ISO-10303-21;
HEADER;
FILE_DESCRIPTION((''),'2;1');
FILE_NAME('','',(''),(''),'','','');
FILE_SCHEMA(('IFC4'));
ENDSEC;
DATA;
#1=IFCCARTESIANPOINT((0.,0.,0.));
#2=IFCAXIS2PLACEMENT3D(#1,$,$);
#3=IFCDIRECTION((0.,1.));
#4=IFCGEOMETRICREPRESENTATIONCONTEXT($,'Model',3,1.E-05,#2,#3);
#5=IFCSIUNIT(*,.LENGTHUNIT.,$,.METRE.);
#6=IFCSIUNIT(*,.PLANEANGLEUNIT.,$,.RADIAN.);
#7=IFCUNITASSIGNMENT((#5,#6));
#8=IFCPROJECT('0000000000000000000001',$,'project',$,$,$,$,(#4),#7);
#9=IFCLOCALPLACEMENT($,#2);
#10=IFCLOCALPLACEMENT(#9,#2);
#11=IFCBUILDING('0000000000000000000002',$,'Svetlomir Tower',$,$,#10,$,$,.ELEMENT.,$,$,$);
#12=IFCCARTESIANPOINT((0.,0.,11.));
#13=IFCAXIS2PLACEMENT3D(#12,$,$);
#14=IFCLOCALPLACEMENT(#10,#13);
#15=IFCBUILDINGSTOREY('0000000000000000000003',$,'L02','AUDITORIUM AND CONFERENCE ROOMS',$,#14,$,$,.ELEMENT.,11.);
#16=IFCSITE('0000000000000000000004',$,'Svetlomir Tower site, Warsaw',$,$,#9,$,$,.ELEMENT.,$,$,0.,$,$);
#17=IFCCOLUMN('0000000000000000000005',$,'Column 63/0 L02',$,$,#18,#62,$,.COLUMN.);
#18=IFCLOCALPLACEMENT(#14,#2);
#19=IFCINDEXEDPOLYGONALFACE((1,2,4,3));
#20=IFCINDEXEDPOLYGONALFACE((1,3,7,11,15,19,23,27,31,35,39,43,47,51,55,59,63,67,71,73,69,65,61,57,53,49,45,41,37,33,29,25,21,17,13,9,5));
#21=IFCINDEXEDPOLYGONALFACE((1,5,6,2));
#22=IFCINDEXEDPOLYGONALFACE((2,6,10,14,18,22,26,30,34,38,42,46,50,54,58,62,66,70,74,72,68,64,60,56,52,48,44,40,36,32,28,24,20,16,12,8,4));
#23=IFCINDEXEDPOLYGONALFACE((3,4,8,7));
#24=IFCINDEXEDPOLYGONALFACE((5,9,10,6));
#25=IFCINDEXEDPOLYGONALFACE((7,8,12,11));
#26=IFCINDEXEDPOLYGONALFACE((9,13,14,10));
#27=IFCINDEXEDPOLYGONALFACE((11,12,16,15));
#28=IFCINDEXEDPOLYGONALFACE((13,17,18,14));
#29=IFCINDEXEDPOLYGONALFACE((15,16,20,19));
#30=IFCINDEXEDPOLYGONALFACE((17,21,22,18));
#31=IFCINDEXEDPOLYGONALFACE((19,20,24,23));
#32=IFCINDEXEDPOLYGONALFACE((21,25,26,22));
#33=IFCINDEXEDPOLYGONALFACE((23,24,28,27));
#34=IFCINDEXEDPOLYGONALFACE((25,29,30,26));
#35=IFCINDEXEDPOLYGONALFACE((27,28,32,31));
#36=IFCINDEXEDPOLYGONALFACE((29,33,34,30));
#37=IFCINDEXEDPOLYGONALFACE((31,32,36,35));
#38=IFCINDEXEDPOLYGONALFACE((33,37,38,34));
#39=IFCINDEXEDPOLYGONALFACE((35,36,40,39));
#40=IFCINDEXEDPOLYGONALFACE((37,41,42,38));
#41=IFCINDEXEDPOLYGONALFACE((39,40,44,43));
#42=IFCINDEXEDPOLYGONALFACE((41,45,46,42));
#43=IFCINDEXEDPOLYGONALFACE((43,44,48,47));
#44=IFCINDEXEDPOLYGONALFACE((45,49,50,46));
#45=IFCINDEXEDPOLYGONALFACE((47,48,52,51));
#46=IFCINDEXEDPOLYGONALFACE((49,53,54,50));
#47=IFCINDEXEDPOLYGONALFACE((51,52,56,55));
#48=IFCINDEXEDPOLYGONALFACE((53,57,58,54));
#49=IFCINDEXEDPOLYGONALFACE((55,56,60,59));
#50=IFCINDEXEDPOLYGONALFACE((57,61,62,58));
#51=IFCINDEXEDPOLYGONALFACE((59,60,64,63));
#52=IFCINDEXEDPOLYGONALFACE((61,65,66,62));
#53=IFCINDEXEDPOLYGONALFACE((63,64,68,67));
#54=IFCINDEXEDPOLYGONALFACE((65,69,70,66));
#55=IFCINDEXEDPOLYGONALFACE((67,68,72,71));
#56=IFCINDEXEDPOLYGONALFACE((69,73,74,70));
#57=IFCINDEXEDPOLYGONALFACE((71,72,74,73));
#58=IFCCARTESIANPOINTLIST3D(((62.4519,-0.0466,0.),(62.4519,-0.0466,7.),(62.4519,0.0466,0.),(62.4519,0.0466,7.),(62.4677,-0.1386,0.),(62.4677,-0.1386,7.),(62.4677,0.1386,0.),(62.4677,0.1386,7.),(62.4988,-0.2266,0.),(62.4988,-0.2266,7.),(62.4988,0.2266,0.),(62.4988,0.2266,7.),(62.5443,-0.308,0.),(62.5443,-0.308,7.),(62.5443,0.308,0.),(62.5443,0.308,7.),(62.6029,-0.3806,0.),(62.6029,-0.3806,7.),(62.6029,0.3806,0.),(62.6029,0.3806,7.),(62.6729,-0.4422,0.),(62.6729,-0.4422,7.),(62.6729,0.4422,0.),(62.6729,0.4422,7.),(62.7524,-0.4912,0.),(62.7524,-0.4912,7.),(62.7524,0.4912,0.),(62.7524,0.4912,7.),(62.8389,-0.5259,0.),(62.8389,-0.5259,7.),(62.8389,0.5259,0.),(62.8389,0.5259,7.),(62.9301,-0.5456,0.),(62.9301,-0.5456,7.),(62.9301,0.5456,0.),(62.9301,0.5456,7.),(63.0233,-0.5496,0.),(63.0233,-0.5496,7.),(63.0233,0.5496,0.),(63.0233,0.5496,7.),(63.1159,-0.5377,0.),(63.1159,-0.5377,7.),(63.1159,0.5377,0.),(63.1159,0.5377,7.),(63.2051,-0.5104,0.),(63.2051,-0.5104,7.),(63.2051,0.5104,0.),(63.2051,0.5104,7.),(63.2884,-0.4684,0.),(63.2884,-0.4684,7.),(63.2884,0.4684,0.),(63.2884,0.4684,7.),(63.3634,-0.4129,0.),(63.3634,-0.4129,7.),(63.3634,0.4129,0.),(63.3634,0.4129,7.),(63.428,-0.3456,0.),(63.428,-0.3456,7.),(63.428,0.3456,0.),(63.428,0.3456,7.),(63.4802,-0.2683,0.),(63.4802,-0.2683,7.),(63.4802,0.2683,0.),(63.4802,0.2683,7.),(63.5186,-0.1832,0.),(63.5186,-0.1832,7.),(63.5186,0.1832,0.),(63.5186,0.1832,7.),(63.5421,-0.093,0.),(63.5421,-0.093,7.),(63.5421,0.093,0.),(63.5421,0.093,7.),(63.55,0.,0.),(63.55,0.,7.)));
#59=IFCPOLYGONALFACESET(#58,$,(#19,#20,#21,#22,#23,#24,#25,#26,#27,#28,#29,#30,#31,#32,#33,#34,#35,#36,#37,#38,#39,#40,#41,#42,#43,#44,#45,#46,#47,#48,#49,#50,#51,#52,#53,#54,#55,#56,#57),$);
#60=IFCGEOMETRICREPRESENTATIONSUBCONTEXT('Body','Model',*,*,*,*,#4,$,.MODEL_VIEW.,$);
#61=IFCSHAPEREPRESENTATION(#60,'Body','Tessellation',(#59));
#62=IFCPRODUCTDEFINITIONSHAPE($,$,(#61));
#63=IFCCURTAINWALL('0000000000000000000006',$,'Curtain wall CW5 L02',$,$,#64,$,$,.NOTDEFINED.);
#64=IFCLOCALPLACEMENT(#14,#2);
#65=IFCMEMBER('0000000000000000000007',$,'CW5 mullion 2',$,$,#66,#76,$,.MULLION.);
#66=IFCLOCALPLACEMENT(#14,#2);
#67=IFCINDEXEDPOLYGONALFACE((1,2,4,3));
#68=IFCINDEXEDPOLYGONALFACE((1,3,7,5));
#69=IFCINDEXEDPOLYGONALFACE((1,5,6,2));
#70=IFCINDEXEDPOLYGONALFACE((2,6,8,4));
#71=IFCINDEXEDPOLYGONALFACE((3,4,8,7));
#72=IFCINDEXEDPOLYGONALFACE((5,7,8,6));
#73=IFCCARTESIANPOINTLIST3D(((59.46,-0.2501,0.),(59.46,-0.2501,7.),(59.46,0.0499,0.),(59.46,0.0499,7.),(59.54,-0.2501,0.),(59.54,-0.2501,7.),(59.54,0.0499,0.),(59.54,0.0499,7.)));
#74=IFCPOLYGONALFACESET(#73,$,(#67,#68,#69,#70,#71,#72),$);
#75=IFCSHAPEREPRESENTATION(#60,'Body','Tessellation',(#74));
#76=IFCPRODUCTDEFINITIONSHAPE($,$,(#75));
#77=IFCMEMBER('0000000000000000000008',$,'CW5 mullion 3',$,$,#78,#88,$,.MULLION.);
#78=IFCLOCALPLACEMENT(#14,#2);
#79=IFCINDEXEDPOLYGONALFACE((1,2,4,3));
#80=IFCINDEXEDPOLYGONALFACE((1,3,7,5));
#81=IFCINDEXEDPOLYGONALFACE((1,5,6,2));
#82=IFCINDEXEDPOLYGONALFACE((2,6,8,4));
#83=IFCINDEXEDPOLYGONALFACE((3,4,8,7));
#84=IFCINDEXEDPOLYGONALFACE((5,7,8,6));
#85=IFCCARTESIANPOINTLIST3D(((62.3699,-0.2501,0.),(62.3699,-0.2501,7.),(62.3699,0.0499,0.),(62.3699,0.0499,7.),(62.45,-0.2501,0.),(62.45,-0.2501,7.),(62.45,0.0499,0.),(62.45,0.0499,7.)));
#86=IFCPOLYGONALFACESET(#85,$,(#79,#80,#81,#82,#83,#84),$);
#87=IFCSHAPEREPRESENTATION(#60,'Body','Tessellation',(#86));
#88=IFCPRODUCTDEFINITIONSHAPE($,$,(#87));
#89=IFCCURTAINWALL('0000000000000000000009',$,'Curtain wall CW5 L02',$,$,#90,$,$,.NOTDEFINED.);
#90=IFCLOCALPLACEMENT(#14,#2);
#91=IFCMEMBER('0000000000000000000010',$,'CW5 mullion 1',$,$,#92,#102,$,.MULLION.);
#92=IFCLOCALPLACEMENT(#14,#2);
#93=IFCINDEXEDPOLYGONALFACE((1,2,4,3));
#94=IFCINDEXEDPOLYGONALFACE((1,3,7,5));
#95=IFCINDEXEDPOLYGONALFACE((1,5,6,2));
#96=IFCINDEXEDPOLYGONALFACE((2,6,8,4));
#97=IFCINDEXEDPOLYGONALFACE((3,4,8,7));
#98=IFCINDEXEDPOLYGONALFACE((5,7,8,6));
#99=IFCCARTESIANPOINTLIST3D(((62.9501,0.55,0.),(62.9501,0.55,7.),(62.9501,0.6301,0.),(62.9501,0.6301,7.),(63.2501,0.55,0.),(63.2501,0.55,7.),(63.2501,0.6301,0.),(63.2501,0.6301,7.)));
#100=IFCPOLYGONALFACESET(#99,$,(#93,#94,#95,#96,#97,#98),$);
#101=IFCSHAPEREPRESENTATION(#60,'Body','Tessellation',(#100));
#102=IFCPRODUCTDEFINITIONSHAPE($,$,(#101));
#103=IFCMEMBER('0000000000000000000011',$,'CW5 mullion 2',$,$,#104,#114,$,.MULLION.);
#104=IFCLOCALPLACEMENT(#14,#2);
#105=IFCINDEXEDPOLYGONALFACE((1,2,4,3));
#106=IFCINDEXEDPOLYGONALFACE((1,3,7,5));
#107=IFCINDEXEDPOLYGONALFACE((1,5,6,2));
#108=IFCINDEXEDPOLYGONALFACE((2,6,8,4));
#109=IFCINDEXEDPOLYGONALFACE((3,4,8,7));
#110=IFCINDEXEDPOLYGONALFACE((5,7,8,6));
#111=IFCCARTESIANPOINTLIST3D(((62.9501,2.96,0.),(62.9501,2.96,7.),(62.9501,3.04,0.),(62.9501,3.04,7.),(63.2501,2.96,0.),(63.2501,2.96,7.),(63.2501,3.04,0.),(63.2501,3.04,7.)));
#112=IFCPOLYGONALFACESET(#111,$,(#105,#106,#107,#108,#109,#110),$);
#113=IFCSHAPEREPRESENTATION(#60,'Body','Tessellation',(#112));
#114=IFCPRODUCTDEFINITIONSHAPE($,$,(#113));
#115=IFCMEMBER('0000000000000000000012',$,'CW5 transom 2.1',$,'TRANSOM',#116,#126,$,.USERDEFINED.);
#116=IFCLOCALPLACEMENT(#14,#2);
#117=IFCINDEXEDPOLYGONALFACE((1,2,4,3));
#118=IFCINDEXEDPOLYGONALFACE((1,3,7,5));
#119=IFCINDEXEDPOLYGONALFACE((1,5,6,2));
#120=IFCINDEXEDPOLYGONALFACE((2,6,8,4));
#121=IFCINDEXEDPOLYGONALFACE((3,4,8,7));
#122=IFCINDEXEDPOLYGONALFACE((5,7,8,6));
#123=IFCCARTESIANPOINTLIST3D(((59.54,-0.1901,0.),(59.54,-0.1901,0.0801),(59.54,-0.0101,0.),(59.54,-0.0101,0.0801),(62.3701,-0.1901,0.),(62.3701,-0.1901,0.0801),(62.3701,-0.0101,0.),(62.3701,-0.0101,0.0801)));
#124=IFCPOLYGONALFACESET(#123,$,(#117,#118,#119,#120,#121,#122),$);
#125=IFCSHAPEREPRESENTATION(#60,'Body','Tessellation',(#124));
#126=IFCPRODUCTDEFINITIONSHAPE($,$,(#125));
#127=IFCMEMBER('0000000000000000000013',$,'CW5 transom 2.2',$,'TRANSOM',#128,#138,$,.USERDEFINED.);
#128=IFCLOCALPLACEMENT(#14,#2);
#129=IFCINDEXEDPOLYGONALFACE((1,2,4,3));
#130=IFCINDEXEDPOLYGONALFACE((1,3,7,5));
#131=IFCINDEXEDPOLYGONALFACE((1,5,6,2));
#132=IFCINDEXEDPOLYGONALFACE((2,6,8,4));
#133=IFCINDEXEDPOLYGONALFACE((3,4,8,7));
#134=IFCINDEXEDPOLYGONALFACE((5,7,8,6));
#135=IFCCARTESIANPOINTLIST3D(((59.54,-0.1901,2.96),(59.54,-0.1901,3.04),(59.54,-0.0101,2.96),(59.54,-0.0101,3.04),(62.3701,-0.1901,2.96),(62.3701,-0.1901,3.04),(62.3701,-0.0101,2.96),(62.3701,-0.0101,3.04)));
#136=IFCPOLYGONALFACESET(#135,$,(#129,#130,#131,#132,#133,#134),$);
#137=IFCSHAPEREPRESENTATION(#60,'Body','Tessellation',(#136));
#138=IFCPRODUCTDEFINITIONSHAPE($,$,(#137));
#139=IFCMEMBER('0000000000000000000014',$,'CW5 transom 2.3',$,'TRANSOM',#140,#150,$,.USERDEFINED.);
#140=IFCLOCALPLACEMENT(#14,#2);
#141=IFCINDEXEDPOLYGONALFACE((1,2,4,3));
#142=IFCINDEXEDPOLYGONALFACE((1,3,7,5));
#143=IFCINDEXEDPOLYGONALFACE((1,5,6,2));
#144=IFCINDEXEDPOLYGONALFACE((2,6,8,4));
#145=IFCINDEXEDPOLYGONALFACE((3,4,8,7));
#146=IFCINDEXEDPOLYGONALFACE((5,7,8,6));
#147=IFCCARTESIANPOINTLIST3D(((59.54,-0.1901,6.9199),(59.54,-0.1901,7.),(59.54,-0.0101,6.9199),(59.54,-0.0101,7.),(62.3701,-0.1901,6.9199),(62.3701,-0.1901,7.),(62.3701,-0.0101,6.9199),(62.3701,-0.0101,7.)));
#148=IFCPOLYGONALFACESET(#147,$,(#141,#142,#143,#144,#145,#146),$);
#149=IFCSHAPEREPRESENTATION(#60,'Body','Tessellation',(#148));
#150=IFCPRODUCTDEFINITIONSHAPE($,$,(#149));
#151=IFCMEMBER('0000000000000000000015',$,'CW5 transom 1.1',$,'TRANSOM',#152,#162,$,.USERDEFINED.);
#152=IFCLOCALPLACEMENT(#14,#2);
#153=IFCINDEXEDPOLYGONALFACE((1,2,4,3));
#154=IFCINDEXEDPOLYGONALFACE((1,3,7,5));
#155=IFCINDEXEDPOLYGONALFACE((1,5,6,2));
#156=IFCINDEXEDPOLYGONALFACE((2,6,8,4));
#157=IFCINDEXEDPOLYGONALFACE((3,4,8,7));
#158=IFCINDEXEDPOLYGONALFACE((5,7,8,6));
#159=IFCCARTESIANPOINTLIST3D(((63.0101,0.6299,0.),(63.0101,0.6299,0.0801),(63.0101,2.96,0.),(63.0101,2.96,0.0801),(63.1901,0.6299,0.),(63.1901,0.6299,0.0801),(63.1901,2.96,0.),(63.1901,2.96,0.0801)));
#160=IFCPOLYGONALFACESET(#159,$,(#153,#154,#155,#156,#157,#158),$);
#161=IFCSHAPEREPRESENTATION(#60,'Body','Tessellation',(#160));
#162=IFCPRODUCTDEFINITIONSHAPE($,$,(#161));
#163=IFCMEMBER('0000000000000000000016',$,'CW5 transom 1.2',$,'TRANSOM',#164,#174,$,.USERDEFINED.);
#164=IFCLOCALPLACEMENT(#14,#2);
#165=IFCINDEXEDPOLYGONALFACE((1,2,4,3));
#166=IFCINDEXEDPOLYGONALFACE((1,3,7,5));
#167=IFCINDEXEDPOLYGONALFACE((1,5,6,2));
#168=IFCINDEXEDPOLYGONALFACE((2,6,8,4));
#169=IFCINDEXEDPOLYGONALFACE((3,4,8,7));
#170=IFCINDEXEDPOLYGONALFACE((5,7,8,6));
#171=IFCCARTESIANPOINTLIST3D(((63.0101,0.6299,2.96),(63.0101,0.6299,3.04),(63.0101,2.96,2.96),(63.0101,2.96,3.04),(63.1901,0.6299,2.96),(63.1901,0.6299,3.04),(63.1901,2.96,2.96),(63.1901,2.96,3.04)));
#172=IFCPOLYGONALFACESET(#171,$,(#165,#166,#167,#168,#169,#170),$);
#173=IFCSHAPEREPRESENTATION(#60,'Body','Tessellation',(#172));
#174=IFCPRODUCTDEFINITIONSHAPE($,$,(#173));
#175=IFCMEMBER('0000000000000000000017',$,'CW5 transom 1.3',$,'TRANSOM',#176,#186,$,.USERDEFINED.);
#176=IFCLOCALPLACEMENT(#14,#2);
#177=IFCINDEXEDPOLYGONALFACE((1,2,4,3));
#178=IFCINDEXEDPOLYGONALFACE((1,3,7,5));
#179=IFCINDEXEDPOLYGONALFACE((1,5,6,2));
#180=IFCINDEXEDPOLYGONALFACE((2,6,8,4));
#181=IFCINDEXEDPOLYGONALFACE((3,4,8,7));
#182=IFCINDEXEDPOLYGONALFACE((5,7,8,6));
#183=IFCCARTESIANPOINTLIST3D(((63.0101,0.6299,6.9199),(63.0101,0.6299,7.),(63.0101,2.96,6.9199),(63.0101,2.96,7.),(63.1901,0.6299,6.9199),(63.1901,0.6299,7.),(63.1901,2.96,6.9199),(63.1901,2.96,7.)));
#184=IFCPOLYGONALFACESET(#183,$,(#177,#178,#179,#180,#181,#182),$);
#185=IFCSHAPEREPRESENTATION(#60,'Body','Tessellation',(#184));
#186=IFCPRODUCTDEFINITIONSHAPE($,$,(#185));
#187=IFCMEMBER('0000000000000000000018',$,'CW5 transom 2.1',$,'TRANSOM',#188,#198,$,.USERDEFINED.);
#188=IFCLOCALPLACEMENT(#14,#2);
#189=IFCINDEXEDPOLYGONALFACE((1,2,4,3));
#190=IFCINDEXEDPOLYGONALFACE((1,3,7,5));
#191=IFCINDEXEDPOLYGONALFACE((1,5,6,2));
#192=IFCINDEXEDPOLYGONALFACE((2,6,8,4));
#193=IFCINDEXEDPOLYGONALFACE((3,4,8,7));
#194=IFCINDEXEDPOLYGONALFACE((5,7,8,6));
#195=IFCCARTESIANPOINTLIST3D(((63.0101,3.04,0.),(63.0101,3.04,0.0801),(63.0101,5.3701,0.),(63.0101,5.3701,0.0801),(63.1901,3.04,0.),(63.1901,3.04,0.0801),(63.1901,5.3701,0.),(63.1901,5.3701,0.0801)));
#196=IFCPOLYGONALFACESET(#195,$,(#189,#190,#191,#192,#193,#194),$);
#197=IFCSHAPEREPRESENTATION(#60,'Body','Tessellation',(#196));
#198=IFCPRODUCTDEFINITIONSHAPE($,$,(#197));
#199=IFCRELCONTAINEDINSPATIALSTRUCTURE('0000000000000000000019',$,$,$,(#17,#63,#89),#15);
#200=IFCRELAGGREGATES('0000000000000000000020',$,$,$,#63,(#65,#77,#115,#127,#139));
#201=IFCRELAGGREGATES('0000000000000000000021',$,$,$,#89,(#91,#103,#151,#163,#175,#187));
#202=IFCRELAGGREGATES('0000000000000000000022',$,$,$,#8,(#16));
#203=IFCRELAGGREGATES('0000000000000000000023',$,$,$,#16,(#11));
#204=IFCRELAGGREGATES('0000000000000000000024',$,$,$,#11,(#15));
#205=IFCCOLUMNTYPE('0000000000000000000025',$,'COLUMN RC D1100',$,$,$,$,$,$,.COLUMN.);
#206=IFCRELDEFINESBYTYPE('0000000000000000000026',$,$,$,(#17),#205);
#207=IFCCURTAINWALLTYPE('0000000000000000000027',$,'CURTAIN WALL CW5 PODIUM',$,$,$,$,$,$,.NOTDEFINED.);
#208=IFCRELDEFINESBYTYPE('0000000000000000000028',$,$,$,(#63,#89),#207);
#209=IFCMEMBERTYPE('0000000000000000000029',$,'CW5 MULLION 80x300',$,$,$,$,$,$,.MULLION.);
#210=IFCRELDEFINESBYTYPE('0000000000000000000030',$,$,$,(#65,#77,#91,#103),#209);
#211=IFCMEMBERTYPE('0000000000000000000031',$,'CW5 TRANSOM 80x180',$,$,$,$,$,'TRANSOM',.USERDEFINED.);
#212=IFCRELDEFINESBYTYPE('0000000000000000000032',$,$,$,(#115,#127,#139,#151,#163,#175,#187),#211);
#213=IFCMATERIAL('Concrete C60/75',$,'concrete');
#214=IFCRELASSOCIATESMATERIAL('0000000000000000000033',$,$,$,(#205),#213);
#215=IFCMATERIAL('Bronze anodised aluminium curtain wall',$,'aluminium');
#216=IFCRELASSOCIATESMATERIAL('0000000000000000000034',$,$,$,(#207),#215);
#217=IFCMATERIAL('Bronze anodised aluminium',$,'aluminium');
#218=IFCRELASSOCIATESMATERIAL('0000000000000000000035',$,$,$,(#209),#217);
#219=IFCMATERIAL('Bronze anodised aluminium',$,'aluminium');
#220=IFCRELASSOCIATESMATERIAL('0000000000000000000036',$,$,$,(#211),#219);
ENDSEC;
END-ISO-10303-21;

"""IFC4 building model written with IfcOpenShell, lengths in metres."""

from ifc_helpers import new_model, si_unit, direction, frame, origin, origin_2d, place, context, subcontext, project, spatial, rectangle, circle, extrude, material, material_profile, profile_set, type_object, element, aggregate, save


model = new_model("IFC4")

# Units and contexts
model_context = context("Model", 3, precision=1e-05, world=origin(), true_north=direction((0.0, 1.0)))
body_context = subcontext(model_context, "Body", "Model", "MODEL_VIEW")
ifc_project = project(units=[si_unit("LENGTHUNIT", "METRE"), si_unit("PLANEANGLEUNIT", "RADIAN")], contexts=[model_context])

# Site, building, storey
site_placement = place(None, origin())
site = spatial("IfcSite", under=ifc_project, at=site_placement, Name="Svetlomir Tower site, Warsaw", CompositionType="ELEMENT", RefElevation=0.0)
building_placement = place(site_placement, origin())
building = spatial("IfcBuilding", under=site, at=building_placement, Name="Svetlomir Tower", CompositionType="ELEMENT")
storey_placement = place(building_placement, frame((0.0, 0.0, 11.0)))
storey = spatial("IfcBuildingStorey", under=building, at=storey_placement, Name="L02", Description="AUDITORIUM AND CONFERENCE ROOMS", CompositionType="ELEMENT", Elevation=11.0)

# Column
ifc_material_1 = material(Name="Concrete C60/75", Category="concrete")
ifc_material_profile_1 = material_profile(ifc_material_1, circle(Radius=0.55, at=origin_2d()), Name="RC D1100")
ifc_profile_set_1 = profile_set([ifc_material_profile_1], Name="Concrete C60/75")
column_type = type_object("IfcColumnType", Name="COLUMN RC D1100", PredefinedType="COLUMN", material=ifc_profile_set_1)
column_placement = place(storey_placement, frame((63.0, 0.0, 0.0), z_axis=(0.0, 0.0, 1.0), x_axis=(1.0, 0.0, 0.0)))
element("IfcColumn", 1, at=column_placement, inside=storey, type_object=column_type, Name="Column 63/0 L02", PredefinedType="COLUMN", context=body_context, shape_type="SweptSolid", body=[
    extrude(circle(Radius=0.55, at=origin_2d()), origin(), (0.0, 0.0, 1.0), 7.0),
])

# Curtain walls, members
ifc_material_2 = material(Name="Bronze anodised aluminium curtain wall", Category="aluminium")
curtain_wall_type = type_object("IfcCurtainWallType", Name="CURTAIN WALL CW5 PODIUM", PredefinedType="NOTDEFINED", material=ifc_material_2)
curtain_wall_1_placement = place(storey_placement, origin())
curtain_wall_1 = element("IfcCurtainWall", 2, at=curtain_wall_1_placement, inside=storey, type_object=curtain_wall_type, Name="Curtain wall CW5 L02", PredefinedType="NOTDEFINED")
ifc_material_3 = material(Name="Bronze anodised aluminium", Category="aluminium")
ifc_material_profile_2 = material_profile(ifc_material_3, rectangle(XDim=0.0801, YDim=0.3, at=origin_2d()), Name="AL 80x300")
ifc_profile_set_2 = profile_set([ifc_material_profile_2], Name="Bronze anodised aluminium 6063-T6")
member_type_1 = type_object("IfcMemberType", Name="CW5 MULLION 80x300", PredefinedType="MULLION", material=ifc_profile_set_2)
member_1_placement = place(storey_placement, frame((59.5, -0.1001, 0.0), z_axis=(0.0, 0.0, 1.0), x_axis=(1.0, 0.0, 0.0)))
member_1 = element("IfcMember", 3, at=member_1_placement, type_object=member_type_1, Name="CW5 mullion 2", PredefinedType="MULLION", context=body_context, shape_type="SweptSolid", body=[
    extrude(rectangle(XDim=0.0801, YDim=0.3, at=origin_2d()), origin(), (0.0, 0.0, 1.0), 7.0),
])
member_2_placement = place(storey_placement, frame((62.4099, -0.1001, 0.0), z_axis=(0.0, 0.0, 1.0), x_axis=(1.0, 0.0, 0.0)))
member_2 = element("IfcMember", 4, at=member_2_placement, type_object=member_type_1, Name="CW5 mullion 3", PredefinedType="MULLION", context=body_context, shape_type="SweptSolid", body=[
    extrude(rectangle(XDim=0.0801, YDim=0.3, at=origin_2d()), origin(), (0.0, 0.0, 1.0), 7.0),
])
curtain_wall_2_placement = place(storey_placement, origin())
curtain_wall_2 = element("IfcCurtainWall", 5, at=curtain_wall_2_placement, inside=storey, type_object=curtain_wall_type, Name="Curtain wall CW5 L02", PredefinedType="NOTDEFINED")
member_3_placement = place(storey_placement, frame((63.1001, 0.5901, 0.0), z_axis=(0.0, 0.0, 1.0), x_axis=(0.0, 1.0, 0.0)))
member_3 = element("IfcMember", 6, at=member_3_placement, type_object=member_type_1, Name="CW5 mullion 1", PredefinedType="MULLION", context=body_context, shape_type="SweptSolid", body=[
    extrude(rectangle(XDim=0.0801, YDim=0.3, at=origin_2d()), origin(), (0.0, 0.0, 1.0), 7.0),
])
member_4_placement = place(storey_placement, frame((63.1001, 3.0, 0.0), z_axis=(0.0, 0.0, 1.0), x_axis=(0.0, 1.0, 0.0)))
member_4 = element("IfcMember", 7, at=member_4_placement, type_object=member_type_1, Name="CW5 mullion 2", PredefinedType="MULLION", context=body_context, shape_type="SweptSolid", body=[
    extrude(rectangle(XDim=0.0801, YDim=0.3, at=origin_2d()), origin(), (0.0, 0.0, 1.0), 7.0),
])

# Members
ifc_material_4 = material(Name="Bronze anodised aluminium", Category="aluminium")
ifc_material_profile_3 = material_profile(ifc_material_4, rectangle(XDim=0.1799, YDim=0.0801, at=origin_2d()), Name="AL 180x80")
ifc_profile_set_3 = profile_set([ifc_material_profile_3], Name="Bronze anodised aluminium 6063-T6")
member_type_2 = type_object("IfcMemberType", Name="CW5 TRANSOM 80x180", ElementType="TRANSOM", PredefinedType="USERDEFINED", material=ifc_profile_set_3)
member_5_placement = place(storey_placement, frame((59.54, -0.1001, 0.04), z_axis=(1.0, 0.0, 0.0), x_axis=(0.0, 1.0, 0.0)))
member_5 = element("IfcMember", 8, at=member_5_placement, type_object=member_type_2, Name="CW5 transom 2.1", ObjectType="TRANSOM", PredefinedType="USERDEFINED", context=body_context, shape_type="SweptSolid", body=[
    extrude(rectangle(XDim=0.1799, YDim=0.0801, at=origin_2d()), origin(), (0.0, 0.0, 1.0), 2.8301),
])
member_6_placement = place(storey_placement, frame((59.54, -0.1001, 3.0), z_axis=(1.0, 0.0, 0.0), x_axis=(0.0, 1.0, 0.0)))
member_6 = element("IfcMember", 9, at=member_6_placement, type_object=member_type_2, Name="CW5 transom 2.2", ObjectType="TRANSOM", PredefinedType="USERDEFINED", context=body_context, shape_type="SweptSolid", body=[
    extrude(rectangle(XDim=0.1799, YDim=0.0801, at=origin_2d()), origin(), (0.0, 0.0, 1.0), 2.8301),
])
member_7_placement = place(storey_placement, frame((59.54, -0.1001, 6.96), z_axis=(1.0, 0.0, 0.0), x_axis=(0.0, 1.0, 0.0)))
member_7 = element("IfcMember", 10, at=member_7_placement, type_object=member_type_2, Name="CW5 transom 2.3", ObjectType="TRANSOM", PredefinedType="USERDEFINED", context=body_context, shape_type="SweptSolid", body=[
    extrude(rectangle(XDim=0.1799, YDim=0.0801, at=origin_2d()), origin(), (0.0, 0.0, 1.0), 2.8301),
])
member_8_placement = place(storey_placement, frame((63.1001, 0.6299, 0.04), z_axis=(0.0, 1.0, 0.0), x_axis=(-1.0, 0.0, 0.0)))
member_8 = element("IfcMember", 11, at=member_8_placement, type_object=member_type_2, Name="CW5 transom 1.1", ObjectType="TRANSOM", PredefinedType="USERDEFINED", context=body_context, shape_type="SweptSolid", body=[
    extrude(rectangle(XDim=0.1799, YDim=0.0801, at=origin_2d()), origin(), (0.0, 0.0, 1.0), 2.3301),
])
member_9_placement = place(storey_placement, frame((63.1001, 0.6299, 3.0), z_axis=(0.0, 1.0, 0.0), x_axis=(-1.0, 0.0, 0.0)))
member_9 = element("IfcMember", 12, at=member_9_placement, type_object=member_type_2, Name="CW5 transom 1.2", ObjectType="TRANSOM", PredefinedType="USERDEFINED", context=body_context, shape_type="SweptSolid", body=[
    extrude(rectangle(XDim=0.1799, YDim=0.0801, at=origin_2d()), origin(), (0.0, 0.0, 1.0), 2.3301),
])
member_10_placement = place(storey_placement, frame((63.1001, 0.6299, 6.96), z_axis=(0.0, 1.0, 0.0), x_axis=(-1.0, 0.0, 0.0)))
member_10 = element("IfcMember", 13, at=member_10_placement, type_object=member_type_2, Name="CW5 transom 1.3", ObjectType="TRANSOM", PredefinedType="USERDEFINED", context=body_context, shape_type="SweptSolid", body=[
    extrude(rectangle(XDim=0.1799, YDim=0.0801, at=origin_2d()), origin(), (0.0, 0.0, 1.0), 2.3301),
])
member_11_placement = place(storey_placement, frame((63.1001, 3.04, 0.04), z_axis=(0.0, 1.0, 0.0), x_axis=(-1.0, 0.0, 0.0)))
member_11 = element("IfcMember", 14, at=member_11_placement, type_object=member_type_2, Name="CW5 transom 2.1", ObjectType="TRANSOM", PredefinedType="USERDEFINED", context=body_context, shape_type="SweptSolid", body=[
    extrude(rectangle(XDim=0.1799, YDim=0.0801, at=origin_2d()), origin(), (0.0, 0.0, 1.0), 2.3301),
])

aggregate(curtain_wall_1, [member_1, member_2, member_5, member_6, member_7])
aggregate(curtain_wall_2, [member_3, member_4, member_8, member_9, member_10, member_11])

save(model, "model.ifc")
